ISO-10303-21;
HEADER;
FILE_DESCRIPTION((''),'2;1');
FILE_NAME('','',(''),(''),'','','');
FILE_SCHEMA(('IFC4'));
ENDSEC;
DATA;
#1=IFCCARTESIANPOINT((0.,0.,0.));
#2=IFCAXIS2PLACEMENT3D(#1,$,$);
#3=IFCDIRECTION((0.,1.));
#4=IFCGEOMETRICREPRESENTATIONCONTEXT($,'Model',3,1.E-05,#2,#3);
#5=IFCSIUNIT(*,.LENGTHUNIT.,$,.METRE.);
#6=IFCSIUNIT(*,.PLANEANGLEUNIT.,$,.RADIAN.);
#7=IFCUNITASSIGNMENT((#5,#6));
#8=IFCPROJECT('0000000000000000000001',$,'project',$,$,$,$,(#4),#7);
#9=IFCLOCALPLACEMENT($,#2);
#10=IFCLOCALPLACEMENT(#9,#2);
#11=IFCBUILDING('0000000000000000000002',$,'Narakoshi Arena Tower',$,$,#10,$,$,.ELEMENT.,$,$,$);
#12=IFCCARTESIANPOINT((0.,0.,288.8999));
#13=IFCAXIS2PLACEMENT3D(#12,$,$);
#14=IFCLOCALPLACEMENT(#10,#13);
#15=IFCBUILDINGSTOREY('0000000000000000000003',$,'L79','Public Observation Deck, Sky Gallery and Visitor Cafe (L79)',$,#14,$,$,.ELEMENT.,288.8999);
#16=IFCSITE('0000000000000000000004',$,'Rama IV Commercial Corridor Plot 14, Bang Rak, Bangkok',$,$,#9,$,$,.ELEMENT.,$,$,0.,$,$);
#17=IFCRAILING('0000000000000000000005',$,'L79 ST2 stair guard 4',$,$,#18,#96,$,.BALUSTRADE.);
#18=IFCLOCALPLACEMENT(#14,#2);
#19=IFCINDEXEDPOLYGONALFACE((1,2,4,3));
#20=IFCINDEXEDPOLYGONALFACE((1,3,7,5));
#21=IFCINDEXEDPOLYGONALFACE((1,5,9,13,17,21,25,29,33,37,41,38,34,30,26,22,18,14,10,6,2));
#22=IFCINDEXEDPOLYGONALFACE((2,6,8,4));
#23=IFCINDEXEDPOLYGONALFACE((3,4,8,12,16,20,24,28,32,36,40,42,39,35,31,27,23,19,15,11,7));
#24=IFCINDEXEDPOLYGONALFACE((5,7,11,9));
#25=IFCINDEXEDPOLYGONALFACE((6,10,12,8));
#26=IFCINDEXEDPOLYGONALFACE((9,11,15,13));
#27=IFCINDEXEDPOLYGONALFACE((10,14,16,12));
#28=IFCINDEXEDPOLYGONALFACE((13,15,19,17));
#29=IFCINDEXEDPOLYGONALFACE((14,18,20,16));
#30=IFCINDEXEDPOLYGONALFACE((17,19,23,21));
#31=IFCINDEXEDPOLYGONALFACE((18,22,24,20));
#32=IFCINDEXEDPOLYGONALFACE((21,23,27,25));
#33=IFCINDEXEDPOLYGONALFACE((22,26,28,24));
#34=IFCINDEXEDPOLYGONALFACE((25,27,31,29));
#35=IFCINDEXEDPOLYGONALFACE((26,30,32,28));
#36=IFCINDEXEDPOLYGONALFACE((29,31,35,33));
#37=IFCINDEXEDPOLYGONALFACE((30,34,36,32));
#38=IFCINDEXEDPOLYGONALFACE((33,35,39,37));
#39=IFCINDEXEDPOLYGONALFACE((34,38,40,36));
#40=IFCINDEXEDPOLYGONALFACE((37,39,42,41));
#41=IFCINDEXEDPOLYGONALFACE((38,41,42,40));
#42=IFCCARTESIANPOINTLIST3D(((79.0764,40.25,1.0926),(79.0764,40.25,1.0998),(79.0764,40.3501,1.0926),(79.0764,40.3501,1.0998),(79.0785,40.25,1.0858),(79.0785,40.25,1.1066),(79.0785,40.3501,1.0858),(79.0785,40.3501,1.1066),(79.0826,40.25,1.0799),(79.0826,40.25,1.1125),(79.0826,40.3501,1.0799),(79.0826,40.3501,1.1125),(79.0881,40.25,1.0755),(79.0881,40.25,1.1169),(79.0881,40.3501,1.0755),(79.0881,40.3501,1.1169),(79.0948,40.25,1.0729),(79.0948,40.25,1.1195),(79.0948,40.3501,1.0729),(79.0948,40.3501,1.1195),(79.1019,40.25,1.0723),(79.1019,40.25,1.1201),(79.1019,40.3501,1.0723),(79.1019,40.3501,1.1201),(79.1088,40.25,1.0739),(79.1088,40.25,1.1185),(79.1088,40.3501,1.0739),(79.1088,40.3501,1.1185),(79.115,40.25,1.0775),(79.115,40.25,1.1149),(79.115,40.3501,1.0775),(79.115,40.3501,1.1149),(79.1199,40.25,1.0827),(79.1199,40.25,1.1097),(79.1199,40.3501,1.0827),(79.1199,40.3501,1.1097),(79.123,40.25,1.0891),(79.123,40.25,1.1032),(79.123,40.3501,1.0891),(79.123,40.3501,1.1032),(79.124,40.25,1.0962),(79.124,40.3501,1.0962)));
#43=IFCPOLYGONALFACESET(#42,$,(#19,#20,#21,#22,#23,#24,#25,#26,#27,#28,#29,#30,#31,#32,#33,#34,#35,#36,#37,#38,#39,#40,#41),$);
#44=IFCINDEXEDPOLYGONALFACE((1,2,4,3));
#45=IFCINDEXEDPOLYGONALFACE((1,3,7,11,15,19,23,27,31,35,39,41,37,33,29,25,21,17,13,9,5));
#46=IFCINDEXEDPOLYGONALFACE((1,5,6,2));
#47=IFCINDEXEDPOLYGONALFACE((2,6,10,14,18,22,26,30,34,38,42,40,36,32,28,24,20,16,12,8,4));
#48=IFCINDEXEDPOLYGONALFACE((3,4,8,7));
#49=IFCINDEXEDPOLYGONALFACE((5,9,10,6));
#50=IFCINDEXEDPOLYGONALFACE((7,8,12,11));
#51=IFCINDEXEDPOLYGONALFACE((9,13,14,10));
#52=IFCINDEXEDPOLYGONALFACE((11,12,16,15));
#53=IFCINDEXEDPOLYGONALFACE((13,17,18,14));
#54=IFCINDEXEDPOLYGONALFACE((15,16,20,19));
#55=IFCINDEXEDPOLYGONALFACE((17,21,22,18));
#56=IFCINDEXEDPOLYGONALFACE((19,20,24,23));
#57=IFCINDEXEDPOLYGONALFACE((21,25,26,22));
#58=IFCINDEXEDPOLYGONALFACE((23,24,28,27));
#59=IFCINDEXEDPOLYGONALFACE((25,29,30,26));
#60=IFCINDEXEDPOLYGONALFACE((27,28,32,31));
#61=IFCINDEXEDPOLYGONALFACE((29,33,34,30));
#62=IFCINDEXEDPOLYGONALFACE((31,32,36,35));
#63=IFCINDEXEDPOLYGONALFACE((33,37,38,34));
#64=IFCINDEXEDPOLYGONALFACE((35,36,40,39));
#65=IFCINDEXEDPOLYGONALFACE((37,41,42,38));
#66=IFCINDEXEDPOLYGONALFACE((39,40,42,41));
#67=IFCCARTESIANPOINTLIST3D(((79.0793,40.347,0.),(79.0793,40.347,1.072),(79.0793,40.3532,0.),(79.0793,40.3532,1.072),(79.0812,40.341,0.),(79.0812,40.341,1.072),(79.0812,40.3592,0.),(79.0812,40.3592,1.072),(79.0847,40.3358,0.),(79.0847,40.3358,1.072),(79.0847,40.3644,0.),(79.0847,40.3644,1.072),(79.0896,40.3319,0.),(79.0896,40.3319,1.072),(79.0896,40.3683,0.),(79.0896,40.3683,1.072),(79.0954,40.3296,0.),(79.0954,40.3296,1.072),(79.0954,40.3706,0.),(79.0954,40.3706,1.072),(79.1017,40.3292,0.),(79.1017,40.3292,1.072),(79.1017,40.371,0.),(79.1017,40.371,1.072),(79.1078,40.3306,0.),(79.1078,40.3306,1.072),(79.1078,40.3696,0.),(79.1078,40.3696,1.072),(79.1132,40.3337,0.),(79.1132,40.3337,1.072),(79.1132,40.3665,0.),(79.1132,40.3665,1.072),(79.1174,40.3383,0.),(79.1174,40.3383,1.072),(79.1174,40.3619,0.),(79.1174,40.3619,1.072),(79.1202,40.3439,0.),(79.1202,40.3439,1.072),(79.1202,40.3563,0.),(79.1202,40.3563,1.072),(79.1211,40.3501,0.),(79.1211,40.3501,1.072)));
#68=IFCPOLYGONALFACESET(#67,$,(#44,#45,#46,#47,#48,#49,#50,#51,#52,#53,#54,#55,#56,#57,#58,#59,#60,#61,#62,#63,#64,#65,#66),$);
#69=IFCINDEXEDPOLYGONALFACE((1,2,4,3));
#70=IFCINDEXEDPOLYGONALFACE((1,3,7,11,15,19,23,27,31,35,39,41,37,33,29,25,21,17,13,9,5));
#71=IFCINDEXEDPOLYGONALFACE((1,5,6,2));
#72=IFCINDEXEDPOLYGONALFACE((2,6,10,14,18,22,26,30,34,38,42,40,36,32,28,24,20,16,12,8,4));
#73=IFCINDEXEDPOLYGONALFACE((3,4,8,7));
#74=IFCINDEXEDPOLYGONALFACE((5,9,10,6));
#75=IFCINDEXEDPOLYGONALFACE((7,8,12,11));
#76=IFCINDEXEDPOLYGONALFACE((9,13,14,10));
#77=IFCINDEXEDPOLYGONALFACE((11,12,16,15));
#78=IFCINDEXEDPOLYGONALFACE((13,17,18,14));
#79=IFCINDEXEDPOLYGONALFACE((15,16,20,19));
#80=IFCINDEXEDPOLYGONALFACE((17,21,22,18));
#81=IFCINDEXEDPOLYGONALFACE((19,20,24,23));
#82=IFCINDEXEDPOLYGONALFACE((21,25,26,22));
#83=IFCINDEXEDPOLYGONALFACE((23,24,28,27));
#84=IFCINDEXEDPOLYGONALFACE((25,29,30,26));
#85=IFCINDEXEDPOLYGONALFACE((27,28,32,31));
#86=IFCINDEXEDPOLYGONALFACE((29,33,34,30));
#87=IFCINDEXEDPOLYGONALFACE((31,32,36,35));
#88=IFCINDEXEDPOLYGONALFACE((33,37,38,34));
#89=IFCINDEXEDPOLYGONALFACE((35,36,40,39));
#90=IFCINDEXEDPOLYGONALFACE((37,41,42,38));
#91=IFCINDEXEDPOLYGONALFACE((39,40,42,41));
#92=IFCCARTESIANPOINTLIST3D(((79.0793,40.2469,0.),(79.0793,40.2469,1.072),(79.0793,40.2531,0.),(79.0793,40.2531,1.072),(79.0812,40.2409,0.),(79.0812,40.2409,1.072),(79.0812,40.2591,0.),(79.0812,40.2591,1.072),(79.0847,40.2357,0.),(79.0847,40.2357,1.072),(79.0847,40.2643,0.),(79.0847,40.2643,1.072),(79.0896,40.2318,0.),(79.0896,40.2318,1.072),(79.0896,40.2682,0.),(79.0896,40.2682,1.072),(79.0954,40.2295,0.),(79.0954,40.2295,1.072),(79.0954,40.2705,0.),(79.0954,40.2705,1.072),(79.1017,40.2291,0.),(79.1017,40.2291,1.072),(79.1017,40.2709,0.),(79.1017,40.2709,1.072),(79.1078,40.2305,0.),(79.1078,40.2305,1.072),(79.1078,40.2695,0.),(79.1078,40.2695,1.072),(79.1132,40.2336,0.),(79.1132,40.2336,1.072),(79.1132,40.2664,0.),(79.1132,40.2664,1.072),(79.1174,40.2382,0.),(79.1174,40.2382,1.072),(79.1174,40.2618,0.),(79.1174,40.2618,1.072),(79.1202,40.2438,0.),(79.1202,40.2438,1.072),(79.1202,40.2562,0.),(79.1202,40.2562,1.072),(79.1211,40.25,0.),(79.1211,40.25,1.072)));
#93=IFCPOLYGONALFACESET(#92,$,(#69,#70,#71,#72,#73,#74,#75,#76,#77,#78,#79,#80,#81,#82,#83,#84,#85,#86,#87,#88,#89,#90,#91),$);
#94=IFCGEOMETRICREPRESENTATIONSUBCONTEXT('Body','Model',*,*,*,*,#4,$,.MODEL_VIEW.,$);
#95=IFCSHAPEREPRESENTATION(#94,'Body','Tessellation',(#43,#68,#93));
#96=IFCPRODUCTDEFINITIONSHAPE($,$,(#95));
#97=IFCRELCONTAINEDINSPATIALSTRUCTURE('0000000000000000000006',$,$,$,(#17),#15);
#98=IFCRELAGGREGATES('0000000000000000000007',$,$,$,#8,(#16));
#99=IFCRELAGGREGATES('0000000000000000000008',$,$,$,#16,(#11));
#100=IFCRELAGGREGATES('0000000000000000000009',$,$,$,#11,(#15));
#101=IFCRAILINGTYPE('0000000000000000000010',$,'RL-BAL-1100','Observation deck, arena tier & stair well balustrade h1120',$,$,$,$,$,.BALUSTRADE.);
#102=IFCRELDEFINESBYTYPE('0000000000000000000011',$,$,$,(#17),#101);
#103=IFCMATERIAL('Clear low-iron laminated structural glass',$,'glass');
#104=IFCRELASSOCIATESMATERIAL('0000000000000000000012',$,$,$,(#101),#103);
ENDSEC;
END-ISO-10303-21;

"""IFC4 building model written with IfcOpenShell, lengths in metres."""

from ifc_helpers import new_model, si_unit, direction, frame, origin, origin_2d, place, context, subcontext, project, spatial, circle, extrude, material, type_object, element, save


model = new_model("IFC4")

# Units and contexts
model_context = context("Model", 3, precision=1e-05, world=origin(), true_north=direction((0.0, 1.0)))
body_context = subcontext(model_context, "Body", "Model", "MODEL_VIEW")
ifc_project = project(units=[si_unit("LENGTHUNIT", "METRE"), si_unit("PLANEANGLEUNIT", "RADIAN")], contexts=[model_context])

# Site, building, storey
site_placement = place(None, origin())
site = spatial("IfcSite", under=ifc_project, at=site_placement, Name="Rama IV Commercial Corridor Plot 14, Bang Rak, Bangkok", CompositionType="ELEMENT", RefElevation=0.0)
building_placement = place(site_placement, origin())
building = spatial("IfcBuilding", under=site, at=building_placement, Name="Narakoshi Arena Tower", CompositionType="ELEMENT")
storey_placement = place(building_placement, frame((0.0, 0.0, 288.8999)))
storey = spatial("IfcBuildingStorey", under=building, at=storey_placement, Name="L79", Description="Public Observation Deck, Sky Gallery and Visitor Cafe (L79)", CompositionType="ELEMENT", Elevation=288.8999)

# Railing
ifc_material_1 = material(Name="Clear low-iron laminated structural glass", Category="glass")
railing_type_1 = type_object("IfcRailingType", Name="RL-BAL-1100", Description="Observation deck, arena tier & stair well balustrade h1120", PredefinedType="BALUSTRADE", material=ifc_material_1)
railing_1_placement = place(storey_placement, frame((79.1001, 40.3501, 0.0)))
element("IfcRailing", 1, at=railing_1_placement, inside=storey, type_object=railing_type_1, Name="L79 ST2 stair guard 4", PredefinedType="BALUSTRADE", context=body_context, shape_type="SweptSolid", body=[
    extrude(circle(Radius=0.0239, at=origin_2d()), frame((0.0, 0.0, 1.0962), z_axis=(0.0, -1.0, 0.0), x_axis=(1.0, 0.0, 0.0)), (0.0, 0.0, 1.0), 0.1001),
    extrude(circle(Radius=0.021, at=origin_2d()), origin(), (0.0, 0.0, 1.0), 1.072),
    extrude(circle(Radius=0.021, at=origin_2d()), frame((0.0, -0.1001, 0.0)), (0.0, 0.0, 1.0), 1.072),
])

save(model, "model.ifc")
